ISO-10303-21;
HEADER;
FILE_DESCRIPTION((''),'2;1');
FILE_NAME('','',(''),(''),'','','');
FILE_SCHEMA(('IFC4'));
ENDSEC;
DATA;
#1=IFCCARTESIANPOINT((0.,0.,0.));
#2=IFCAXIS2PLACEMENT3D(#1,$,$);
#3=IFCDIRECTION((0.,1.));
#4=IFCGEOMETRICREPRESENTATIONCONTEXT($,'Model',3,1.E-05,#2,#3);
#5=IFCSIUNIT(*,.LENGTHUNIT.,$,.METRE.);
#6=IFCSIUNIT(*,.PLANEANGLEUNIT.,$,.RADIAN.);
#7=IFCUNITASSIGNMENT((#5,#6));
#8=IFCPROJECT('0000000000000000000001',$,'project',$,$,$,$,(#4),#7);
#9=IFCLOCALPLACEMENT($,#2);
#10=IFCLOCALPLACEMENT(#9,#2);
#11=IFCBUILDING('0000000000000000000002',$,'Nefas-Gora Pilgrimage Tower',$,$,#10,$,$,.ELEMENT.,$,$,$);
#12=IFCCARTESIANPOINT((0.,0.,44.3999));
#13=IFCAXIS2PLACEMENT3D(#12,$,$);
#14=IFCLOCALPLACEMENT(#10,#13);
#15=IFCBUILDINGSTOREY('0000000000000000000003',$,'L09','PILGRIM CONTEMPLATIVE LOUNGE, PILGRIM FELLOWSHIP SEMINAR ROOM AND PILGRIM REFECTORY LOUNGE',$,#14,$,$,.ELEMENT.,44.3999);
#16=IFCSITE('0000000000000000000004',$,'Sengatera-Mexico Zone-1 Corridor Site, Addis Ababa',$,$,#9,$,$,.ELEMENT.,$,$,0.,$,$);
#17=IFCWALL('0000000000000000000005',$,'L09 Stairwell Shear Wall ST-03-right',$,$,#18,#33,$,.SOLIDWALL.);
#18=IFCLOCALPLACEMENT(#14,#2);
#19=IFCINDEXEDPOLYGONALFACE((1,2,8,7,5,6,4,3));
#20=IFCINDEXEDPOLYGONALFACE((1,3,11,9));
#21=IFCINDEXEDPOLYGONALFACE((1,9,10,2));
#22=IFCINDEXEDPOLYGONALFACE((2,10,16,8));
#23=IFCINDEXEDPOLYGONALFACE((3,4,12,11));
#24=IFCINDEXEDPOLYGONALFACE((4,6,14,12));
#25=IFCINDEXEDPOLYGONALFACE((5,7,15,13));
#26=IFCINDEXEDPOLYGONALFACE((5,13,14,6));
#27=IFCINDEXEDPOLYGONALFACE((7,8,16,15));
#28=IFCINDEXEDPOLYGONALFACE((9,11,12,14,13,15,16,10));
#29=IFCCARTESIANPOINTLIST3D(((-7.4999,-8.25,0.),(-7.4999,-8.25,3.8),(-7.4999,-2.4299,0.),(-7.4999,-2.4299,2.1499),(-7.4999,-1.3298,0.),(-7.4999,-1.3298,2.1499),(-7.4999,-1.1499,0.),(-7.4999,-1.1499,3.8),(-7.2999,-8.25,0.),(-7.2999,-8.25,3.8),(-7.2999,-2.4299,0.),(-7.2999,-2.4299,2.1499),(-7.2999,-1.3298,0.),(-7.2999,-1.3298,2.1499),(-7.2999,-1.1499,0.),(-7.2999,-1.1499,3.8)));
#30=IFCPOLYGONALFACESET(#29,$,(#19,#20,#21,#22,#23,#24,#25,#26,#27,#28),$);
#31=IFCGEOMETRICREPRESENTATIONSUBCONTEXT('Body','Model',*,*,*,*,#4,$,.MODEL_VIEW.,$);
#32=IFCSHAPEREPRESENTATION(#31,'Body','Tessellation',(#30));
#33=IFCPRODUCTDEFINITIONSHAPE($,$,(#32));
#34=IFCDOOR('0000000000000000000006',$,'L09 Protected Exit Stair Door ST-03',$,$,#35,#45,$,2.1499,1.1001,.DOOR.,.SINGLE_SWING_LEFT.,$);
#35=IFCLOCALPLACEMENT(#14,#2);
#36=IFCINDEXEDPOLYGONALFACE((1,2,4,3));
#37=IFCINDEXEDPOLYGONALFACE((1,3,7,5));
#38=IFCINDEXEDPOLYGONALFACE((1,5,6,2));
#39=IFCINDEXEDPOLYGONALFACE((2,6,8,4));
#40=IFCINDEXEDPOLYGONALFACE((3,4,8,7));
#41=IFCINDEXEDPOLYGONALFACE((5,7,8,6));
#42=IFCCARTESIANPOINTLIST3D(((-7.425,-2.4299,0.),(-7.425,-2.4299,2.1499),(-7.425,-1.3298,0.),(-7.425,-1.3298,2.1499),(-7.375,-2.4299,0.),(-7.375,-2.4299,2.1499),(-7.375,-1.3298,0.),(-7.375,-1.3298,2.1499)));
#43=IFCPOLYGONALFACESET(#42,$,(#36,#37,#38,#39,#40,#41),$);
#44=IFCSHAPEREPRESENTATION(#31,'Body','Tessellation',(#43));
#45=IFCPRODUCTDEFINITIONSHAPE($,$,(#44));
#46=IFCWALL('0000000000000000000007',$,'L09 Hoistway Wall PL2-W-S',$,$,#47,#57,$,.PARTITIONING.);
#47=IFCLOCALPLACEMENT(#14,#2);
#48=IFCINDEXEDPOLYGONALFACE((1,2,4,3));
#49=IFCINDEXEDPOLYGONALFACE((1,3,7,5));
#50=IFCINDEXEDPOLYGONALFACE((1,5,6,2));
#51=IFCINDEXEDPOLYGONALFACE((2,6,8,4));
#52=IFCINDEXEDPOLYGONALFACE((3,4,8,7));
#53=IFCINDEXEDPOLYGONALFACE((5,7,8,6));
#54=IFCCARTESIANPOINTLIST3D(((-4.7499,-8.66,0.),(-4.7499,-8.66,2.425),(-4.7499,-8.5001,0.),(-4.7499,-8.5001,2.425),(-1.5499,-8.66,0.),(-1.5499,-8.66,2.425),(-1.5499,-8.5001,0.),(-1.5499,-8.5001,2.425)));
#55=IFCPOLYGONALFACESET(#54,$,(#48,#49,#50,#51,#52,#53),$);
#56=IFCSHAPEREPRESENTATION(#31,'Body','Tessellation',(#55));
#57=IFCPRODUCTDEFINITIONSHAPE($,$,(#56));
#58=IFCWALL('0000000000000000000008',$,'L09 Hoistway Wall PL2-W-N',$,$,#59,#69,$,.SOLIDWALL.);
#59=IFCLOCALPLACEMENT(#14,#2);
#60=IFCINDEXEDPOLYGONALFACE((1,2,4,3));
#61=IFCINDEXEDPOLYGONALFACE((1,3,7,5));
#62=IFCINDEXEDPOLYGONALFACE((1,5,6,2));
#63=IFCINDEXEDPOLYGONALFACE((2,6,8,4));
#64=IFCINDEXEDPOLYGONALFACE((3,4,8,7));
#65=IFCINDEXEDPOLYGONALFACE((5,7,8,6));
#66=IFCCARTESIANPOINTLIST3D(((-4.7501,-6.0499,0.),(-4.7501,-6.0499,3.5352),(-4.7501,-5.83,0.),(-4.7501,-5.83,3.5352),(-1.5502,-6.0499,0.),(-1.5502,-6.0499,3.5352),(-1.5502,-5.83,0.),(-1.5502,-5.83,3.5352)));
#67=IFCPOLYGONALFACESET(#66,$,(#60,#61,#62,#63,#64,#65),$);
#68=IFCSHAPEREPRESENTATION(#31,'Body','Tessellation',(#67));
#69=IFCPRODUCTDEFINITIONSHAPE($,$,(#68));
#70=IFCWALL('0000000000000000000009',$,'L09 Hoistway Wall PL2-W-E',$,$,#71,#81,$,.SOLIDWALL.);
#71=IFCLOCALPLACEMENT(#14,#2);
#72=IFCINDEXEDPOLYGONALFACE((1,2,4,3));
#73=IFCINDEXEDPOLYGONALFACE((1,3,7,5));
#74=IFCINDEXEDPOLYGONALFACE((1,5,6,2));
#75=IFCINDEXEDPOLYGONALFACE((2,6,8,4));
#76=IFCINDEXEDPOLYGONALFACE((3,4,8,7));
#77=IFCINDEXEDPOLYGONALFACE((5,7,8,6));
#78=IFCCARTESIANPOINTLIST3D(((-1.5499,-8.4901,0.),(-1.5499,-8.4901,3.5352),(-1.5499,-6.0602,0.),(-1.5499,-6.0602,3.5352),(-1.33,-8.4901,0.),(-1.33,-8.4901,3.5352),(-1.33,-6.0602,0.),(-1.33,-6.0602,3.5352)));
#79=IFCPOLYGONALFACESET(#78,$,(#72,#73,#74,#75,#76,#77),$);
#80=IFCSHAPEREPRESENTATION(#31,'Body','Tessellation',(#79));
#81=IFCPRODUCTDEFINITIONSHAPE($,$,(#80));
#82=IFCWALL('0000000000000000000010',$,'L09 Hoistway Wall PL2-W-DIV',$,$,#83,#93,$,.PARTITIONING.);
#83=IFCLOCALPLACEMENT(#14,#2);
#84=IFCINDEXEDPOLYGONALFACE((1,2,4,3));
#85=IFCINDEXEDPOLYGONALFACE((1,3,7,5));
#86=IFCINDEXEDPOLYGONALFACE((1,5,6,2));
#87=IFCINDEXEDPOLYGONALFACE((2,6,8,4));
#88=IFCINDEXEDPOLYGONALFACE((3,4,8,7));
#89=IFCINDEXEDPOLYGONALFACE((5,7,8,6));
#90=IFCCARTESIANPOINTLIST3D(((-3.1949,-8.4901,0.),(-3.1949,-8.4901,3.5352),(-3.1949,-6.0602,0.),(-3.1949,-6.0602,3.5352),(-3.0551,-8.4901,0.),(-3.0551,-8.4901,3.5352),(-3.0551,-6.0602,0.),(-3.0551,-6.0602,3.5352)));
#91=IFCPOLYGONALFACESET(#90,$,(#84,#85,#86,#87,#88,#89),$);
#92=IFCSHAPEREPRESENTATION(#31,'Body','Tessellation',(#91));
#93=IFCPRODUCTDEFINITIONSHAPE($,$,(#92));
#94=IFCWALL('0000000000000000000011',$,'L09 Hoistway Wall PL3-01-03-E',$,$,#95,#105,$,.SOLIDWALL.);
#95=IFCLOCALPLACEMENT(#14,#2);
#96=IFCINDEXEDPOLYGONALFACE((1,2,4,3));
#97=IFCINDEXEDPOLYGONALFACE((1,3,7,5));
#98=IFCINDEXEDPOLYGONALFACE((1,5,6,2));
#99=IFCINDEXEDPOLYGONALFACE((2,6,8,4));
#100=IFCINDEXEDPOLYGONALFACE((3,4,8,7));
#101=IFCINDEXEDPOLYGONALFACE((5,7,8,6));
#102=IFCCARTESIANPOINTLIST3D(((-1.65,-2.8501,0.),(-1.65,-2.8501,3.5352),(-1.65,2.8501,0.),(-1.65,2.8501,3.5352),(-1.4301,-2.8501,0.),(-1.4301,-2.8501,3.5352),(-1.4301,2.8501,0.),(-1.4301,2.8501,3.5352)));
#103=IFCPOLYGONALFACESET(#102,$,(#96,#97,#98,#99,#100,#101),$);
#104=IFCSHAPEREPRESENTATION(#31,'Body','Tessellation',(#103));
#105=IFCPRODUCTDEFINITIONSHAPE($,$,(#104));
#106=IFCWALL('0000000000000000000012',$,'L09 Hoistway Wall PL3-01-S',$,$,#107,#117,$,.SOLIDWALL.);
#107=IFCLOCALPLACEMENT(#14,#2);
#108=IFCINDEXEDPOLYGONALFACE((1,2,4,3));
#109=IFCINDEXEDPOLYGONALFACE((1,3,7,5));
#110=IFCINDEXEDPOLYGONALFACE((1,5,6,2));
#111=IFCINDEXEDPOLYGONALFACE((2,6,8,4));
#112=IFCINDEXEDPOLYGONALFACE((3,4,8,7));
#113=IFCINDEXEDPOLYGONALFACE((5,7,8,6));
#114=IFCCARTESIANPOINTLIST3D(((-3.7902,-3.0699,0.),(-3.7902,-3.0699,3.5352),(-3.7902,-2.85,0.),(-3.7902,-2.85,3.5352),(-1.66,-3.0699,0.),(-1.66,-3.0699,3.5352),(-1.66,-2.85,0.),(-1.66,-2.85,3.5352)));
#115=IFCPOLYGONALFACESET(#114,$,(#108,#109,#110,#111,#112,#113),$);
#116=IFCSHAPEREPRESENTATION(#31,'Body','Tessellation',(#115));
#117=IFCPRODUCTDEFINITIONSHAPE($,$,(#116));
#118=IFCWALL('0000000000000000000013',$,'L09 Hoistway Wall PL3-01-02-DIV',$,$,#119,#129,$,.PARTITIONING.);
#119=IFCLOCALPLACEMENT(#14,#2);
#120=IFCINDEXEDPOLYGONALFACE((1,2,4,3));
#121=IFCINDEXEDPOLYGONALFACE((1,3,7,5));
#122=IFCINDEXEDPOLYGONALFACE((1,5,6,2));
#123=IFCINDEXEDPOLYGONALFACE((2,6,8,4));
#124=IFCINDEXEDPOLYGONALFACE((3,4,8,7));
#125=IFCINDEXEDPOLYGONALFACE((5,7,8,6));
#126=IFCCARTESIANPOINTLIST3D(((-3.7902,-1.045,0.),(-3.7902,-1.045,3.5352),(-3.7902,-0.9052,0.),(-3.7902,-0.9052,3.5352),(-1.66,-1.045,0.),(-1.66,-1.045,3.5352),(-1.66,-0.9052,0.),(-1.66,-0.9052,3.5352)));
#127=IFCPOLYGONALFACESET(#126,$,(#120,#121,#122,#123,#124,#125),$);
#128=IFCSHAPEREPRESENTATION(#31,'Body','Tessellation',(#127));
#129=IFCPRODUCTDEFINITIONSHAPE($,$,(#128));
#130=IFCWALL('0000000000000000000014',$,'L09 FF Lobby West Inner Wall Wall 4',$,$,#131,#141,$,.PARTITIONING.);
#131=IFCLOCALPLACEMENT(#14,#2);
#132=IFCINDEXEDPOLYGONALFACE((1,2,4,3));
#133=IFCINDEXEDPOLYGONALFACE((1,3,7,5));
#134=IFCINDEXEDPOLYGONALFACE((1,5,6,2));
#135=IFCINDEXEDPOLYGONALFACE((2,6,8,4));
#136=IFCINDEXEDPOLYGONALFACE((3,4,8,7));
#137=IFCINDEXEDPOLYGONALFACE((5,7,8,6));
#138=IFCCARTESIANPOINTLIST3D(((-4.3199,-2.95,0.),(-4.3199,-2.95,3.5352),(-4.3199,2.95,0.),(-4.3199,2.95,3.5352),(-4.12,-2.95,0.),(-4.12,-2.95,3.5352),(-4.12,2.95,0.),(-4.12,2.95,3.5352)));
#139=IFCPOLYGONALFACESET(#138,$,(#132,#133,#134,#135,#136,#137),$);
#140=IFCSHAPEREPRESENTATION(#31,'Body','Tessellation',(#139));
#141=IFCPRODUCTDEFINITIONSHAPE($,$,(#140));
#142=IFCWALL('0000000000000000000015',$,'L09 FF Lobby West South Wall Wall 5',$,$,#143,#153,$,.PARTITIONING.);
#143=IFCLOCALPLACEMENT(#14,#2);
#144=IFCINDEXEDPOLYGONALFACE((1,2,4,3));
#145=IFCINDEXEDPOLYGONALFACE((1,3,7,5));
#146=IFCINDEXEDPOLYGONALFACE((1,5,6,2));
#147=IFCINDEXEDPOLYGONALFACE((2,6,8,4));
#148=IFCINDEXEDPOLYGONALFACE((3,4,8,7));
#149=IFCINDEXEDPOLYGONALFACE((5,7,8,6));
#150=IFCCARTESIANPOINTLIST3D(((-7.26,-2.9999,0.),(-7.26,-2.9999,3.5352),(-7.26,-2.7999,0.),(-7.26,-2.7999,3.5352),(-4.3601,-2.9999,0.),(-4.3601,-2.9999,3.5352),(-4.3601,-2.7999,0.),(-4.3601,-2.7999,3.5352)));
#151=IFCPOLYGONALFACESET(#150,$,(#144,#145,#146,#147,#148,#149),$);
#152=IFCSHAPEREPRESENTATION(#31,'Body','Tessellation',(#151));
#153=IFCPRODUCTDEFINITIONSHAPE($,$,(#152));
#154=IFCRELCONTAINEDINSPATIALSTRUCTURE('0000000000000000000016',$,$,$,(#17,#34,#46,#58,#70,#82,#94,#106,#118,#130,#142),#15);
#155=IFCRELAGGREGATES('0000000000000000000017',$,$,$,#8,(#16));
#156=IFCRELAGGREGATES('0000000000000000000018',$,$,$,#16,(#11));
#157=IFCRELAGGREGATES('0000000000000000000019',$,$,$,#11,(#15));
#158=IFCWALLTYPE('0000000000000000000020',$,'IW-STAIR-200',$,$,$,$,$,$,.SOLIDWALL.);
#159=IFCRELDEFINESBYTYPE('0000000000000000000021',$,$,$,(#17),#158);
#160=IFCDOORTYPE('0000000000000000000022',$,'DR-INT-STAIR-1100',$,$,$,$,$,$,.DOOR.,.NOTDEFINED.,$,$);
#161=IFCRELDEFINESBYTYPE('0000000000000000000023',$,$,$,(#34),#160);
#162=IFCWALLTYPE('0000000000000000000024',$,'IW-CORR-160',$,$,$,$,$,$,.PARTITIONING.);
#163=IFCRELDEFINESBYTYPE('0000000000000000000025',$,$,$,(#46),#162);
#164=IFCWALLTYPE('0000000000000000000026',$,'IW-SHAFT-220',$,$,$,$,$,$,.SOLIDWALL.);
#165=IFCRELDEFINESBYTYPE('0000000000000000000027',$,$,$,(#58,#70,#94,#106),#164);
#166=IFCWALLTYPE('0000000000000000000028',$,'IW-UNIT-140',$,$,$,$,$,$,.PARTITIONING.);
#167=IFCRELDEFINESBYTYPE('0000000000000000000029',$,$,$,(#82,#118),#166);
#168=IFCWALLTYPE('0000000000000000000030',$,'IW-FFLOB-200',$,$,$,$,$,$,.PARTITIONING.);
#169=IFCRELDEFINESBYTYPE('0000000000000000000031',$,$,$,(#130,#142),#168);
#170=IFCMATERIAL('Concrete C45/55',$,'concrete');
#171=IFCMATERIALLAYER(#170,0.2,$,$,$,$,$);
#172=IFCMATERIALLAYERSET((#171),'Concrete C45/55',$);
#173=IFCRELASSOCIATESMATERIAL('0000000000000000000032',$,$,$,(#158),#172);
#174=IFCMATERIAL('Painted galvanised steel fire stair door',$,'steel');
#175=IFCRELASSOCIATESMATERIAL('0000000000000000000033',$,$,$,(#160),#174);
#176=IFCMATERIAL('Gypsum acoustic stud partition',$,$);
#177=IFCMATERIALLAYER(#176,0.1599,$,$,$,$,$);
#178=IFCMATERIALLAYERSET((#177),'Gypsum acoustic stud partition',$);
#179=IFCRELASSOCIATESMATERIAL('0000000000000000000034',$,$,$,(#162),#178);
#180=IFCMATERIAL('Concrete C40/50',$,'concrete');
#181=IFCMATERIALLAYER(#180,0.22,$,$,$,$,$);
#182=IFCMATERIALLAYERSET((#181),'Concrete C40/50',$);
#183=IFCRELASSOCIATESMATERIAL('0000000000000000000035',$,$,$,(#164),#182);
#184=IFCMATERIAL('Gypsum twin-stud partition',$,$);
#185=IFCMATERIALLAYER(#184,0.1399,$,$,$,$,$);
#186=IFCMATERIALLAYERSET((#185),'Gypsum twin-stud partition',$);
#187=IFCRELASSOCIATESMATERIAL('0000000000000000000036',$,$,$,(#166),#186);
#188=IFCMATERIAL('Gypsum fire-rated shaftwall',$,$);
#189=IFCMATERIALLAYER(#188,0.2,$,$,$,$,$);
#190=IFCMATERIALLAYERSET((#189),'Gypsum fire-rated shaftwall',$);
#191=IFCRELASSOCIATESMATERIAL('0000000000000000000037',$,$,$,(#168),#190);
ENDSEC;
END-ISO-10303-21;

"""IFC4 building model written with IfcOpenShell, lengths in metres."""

from ifc_helpers import new_model, si_unit, direction, frame, frame_2d, origin, place, context, subcontext, project, spatial, rectangle, extrude, source, transform, mapped, material, layer, layer_set, type_object, element, fill, save


model = new_model("IFC4")

# Units and contexts
model_context = context("Model", 3, precision=1e-05, world=origin(), true_north=direction((0.0, 1.0)))
body_context = subcontext(model_context, "Body", "Model", "MODEL_VIEW")
ifc_project = project(units=[si_unit("LENGTHUNIT", "METRE"), si_unit("PLANEANGLEUNIT", "RADIAN")], contexts=[model_context])

# Site, building, storey
site_placement = place(None, origin())
site = spatial("IfcSite", under=ifc_project, at=site_placement, Name="Sengatera-Mexico Zone-1 Corridor Site, Addis Ababa", CompositionType="ELEMENT", RefElevation=0.0)
building_placement = place(site_placement, origin())
building = spatial("IfcBuilding", under=site, at=building_placement, Name="Nefas-Gora Pilgrimage Tower", CompositionType="ELEMENT")
storey_placement = place(building_placement, frame((0.0, 0.0, 44.3999)))
storey = spatial("IfcBuildingStorey", under=building, at=storey_placement, Name="L09", Description="PILGRIM CONTEMPLATIVE LOUNGE, PILGRIM FELLOWSHIP SEMINAR ROOM AND PILGRIM REFECTORY LOUNGE", CompositionType="ELEMENT", Elevation=44.3999)

# Shared definitions
ifc_material_1 = material(Name="Concrete C45/55", Category="concrete")
ifc_layer_1 = layer(ifc_material_1, 0.2)
ifc_layer_set_1 = layer_set([ifc_layer_1], Name="Concrete C45/55")
wall_type_1 = type_object("IfcWallType", Name="IW-STAIR-200", PredefinedType="SOLIDWALL", material=ifc_layer_set_1)
shared_shape_1 = source(origin(), body_context, "Body", "SweptSolid", [
    extrude(rectangle(XDim=7.1001, YDim=0.2, at=frame_2d((3.55, 0.0))), origin(), (0.0, 0.0, 1.0), 3.8),
])

# Wall, opening, door
wall_1_placement = place(storey_placement, frame((-7.3999, -1.1499, 0.0), z_axis=(0.0, 0.0, 1.0), x_axis=(0.0, -1.0, 0.0)))
wall_1 = element("IfcWall", 1, at=wall_1_placement, inside=storey, type_object=wall_type_1, Name="L09 Stairwell Shear Wall ST-03-right", PredefinedType="SOLIDWALL", context=body_context, shape_type="MappedRepresentation", body=[
    mapped(shared_shape_1, transform((0.0, 0.0, 0.0), x_axis=(1.0, 0.0, 0.0), y_axis=(0.0, 1.0, 0.0), z_axis=(0.0, 0.0, 1.0), scale=1.0)),
])
opening_1_placement = place(wall_1_placement, frame((0.1799, 0.0, 0.0)))
opening_1 = element("IfcOpeningElement", 2, at=opening_1_placement, cuts=wall_1, PredefinedType="OPENING", context=body_context, shape_type="SweptSolid", body=[
    extrude(rectangle(XDim=1.1001, YDim=2.1499, at=frame_2d((0.55, 1.075))), frame((0.0, 0.1099, 0.0), z_axis=(0.0, -1.0, 0.0), x_axis=(1.0, 0.0, 0.0)), (0.0, 0.0, 1.0), 0.22),
])
ifc_material_2 = material(Name="Painted galvanised steel fire stair door", Category="steel")
door_type_1 = type_object("IfcDoorType", Name="DR-INT-STAIR-1100", OperationType="NOTDEFINED", PredefinedType="DOOR", material=ifc_material_2)
shared_shape_2 = source(origin(), body_context, "Body", "SweptSolid", [
    extrude(rectangle(XDim=1.1001, YDim=2.1499, at=frame_2d((0.55, 1.075))), frame((0.0, 0.0249, 0.0), z_axis=(0.0, -1.0, 0.0), x_axis=(1.0, 0.0, 0.0)), (0.0, 0.0, 1.0), 0.05),
])
door_1_placement = place(opening_1_placement, origin())
door_1 = element("IfcDoor", 3, at=door_1_placement, inside=storey, type_object=door_type_1, Name="L09 Protected Exit Stair Door ST-03", OperationType="SINGLE_SWING_LEFT", OverallHeight=2.1499, OverallWidth=1.1001, PredefinedType="DOOR", context=body_context, shape_type="MappedRepresentation", body=[
    mapped(shared_shape_2, transform((0.0, 0.0, 0.0), x_axis=(1.0, 0.0, 0.0), y_axis=(0.0, 1.0, 0.0), z_axis=(0.0, 0.0, 1.0), scale=1.0)),
])
fill(opening_1, door_1)

# Walls
ifc_material_3 = material(Name="Gypsum acoustic stud partition")
ifc_layer_2 = layer(ifc_material_3, 0.1599)
ifc_layer_set_2 = layer_set([ifc_layer_2], Name="Gypsum acoustic stud partition")
wall_type_2 = type_object("IfcWallType", Name="IW-CORR-160", PredefinedType="PARTITIONING", material=ifc_layer_set_2)
shared_shape_3 = source(origin(), body_context, "Body", "SweptSolid", [
    extrude(rectangle(XDim=3.2, YDim=0.1599, at=frame_2d((1.6001, 0.0))), origin(), (0.0, 0.0, 1.0), 2.425),
])
wall_2_placement = place(storey_placement, frame((-4.75, -8.5801, 0.0), z_axis=(0.0, 0.0, 1.0), x_axis=(1.0, 0.0, 0.0)))
element("IfcWall", 4, at=wall_2_placement, inside=storey, type_object=wall_type_2, Name="L09 Hoistway Wall PL2-W-S", PredefinedType="PARTITIONING", context=body_context, shape_type="MappedRepresentation", body=[
    mapped(shared_shape_3, transform((0.0, 0.0, 0.0), x_axis=(1.0, 0.0, 0.0), y_axis=(0.0, 1.0, 0.0), z_axis=(0.0, 0.0, 1.0), scale=1.0)),
])
ifc_material_4 = material(Name="Concrete C40/50", Category="concrete")
ifc_layer_3 = layer(ifc_material_4, 0.22)
ifc_layer_set_3 = layer_set([ifc_layer_3], Name="Concrete C40/50")
wall_type_3 = type_object("IfcWallType", Name="IW-SHAFT-220", PredefinedType="SOLIDWALL", material=ifc_layer_set_3)
shared_shape_4 = source(origin(), body_context, "Body", "SweptSolid", [
    extrude(rectangle(XDim=3.2, YDim=0.22, at=frame_2d((1.6001, 0.0))), origin(), (0.0, 0.0, 1.0), 3.5352),
])
wall_3_placement = place(storey_placement, frame((-1.55, -5.9399, 0.0), z_axis=(0.0, 0.0, 1.0), x_axis=(-1.0, 0.0, 0.0)))
element("IfcWall", 5, at=wall_3_placement, inside=storey, type_object=wall_type_3, Name="L09 Hoistway Wall PL2-W-N", PredefinedType="SOLIDWALL", context=body_context, shape_type="MappedRepresentation", body=[
    mapped(shared_shape_4, transform((0.0, 0.0, 0.0), x_axis=(1.0, 0.0, 0.0), y_axis=(0.0, 1.0, 0.0), z_axis=(0.0, 0.0, 1.0), scale=1.0)),
])
shared_shape_5 = source(origin(), body_context, "Body", "SweptSolid", [
    extrude(rectangle(XDim=2.4299, YDim=0.22, at=frame_2d((1.2148, 0.0))), origin(), (0.0, 0.0, 1.0), 3.5352),
])
for number, where, z_axis, x_axis, name in (
    (6, (-1.4399, -8.49, 0.0), (0.0, 0.0, 1.0), (0.0, 1.0, 0.0), "L09 Hoistway Wall PL2-W-E"),
):
    element("IfcWall", number, at=place(storey_placement, frame(where, z_axis=z_axis, x_axis=x_axis)), inside=storey, type_object=wall_type_3, Name=name, PredefinedType="SOLIDWALL", context=body_context, shape_type="MappedRepresentation", body=[
        mapped(shared_shape_5, transform((0.0, 0.0, 0.0), x_axis=(1.0, 0.0, 0.0), y_axis=(0.0, 1.0, 0.0), z_axis=(0.0, 0.0, 1.0), scale=1.0)),
    ])
ifc_material_5 = material(Name="Gypsum twin-stud partition")
ifc_layer_4 = layer(ifc_material_5, 0.1399)
ifc_layer_set_4 = layer_set([ifc_layer_4], Name="Gypsum twin-stud partition")
wall_type_4 = type_object("IfcWallType", Name="IW-UNIT-140", PredefinedType="PARTITIONING", material=ifc_layer_set_4)
shared_shape_6 = source(origin(), body_context, "Body", "SweptSolid", [
    extrude(rectangle(XDim=2.4299, YDim=0.1399, at=frame_2d((1.2148, 0.0))), origin(), (0.0, 0.0, 1.0), 3.5352),
])
wall_4_placement = place(storey_placement, frame((-3.125, -8.49, 0.0), z_axis=(0.0, 0.0, 1.0), x_axis=(0.0, 1.0, 0.0)))
element("IfcWall", 7, at=wall_4_placement, inside=storey, type_object=wall_type_4, Name="L09 Hoistway Wall PL2-W-DIV", PredefinedType="PARTITIONING", context=body_context, shape_type="MappedRepresentation", body=[
    mapped(shared_shape_6, transform((0.0, 0.0, 0.0), x_axis=(1.0, 0.0, 0.0), y_axis=(0.0, 1.0, 0.0), z_axis=(0.0, 0.0, 1.0), scale=1.0)),
])
shared_shape_7 = source(origin(), body_context, "Body", "SweptSolid", [
    extrude(rectangle(XDim=5.7002, YDim=0.22, at=frame_2d((2.8501, 0.0))), origin(), (0.0, 0.0, 1.0), 3.5352),
])
wall_5_placement = place(storey_placement, frame((-1.54, -2.8501, 0.0), z_axis=(0.0, 0.0, 1.0), x_axis=(0.0, 1.0, 0.0)))
element("IfcWall", 8, at=wall_5_placement, inside=storey, type_object=wall_type_3, Name="L09 Hoistway Wall PL3-01-03-E", PredefinedType="SOLIDWALL", context=body_context, shape_type="MappedRepresentation", body=[
    mapped(shared_shape_7, transform((0.0, 0.0, 0.0), x_axis=(1.0, 0.0, 0.0), y_axis=(0.0, 1.0, 0.0), z_axis=(0.0, 0.0, 1.0), scale=1.0)),
])
shared_shape_8 = source(origin(), body_context, "Body", "SweptSolid", [
    extrude(rectangle(XDim=2.1301, YDim=0.22, at=frame_2d((1.0649, 0.0))), origin(), (0.0, 0.0, 1.0), 3.5352),
])
wall_6_placement = place(storey_placement, frame((-3.79, -2.96, 0.0), z_axis=(0.0, 0.0, 1.0), x_axis=(1.0, 0.0, 0.0)))
element("IfcWall", 9, at=wall_6_placement, inside=storey, type_object=wall_type_3, Name="L09 Hoistway Wall PL3-01-S", PredefinedType="SOLIDWALL", context=body_context, shape_type="MappedRepresentation", body=[
    mapped(shared_shape_8, transform((0.0, 0.0, 0.0), x_axis=(1.0, 0.0, 0.0), y_axis=(0.0, 1.0, 0.0), z_axis=(0.0, 0.0, 1.0), scale=1.0)),
])
shared_shape_9 = source(origin(), body_context, "Body", "SweptSolid", [
    extrude(rectangle(XDim=2.1301, YDim=0.1399, at=frame_2d((1.0649, 0.0))), origin(), (0.0, 0.0, 1.0), 3.5352),
])
wall_7_placement = place(storey_placement, frame((-3.79, -0.9751, 0.0), z_axis=(0.0, 0.0, 1.0), x_axis=(1.0, 0.0, 0.0)))
element("IfcWall", 10, at=wall_7_placement, inside=storey, type_object=wall_type_4, Name="L09 Hoistway Wall PL3-01-02-DIV", PredefinedType="PARTITIONING", context=body_context, shape_type="MappedRepresentation", body=[
    mapped(shared_shape_9, transform((0.0, 0.0, 0.0), x_axis=(1.0, 0.0, 0.0), y_axis=(0.0, 1.0, 0.0), z_axis=(0.0, 0.0, 1.0), scale=1.0)),
])
ifc_material_6 = material(Name="Gypsum fire-rated shaftwall")
ifc_layer_5 = layer(ifc_material_6, 0.2)
ifc_layer_set_5 = layer_set([ifc_layer_5], Name="Gypsum fire-rated shaftwall")
wall_type_5 = type_object("IfcWallType", Name="IW-FFLOB-200", PredefinedType="PARTITIONING", material=ifc_layer_set_5)
shared_shape_10 = source(origin(), body_context, "Body", "SweptSolid", [
    extrude(rectangle(XDim=5.8999, YDim=0.2, at=frame_2d((2.95, 0.0))), origin(), (0.0, 0.0, 1.0), 3.5352),
])
wall_8_placement = place(storey_placement, frame((-4.22, -2.95, 0.0), z_axis=(0.0, 0.0, 1.0), x_axis=(0.0, 1.0, 0.0)))
element("IfcWall", 11, at=wall_8_placement, inside=storey, type_object=wall_type_5, Name="L09 FF Lobby West Inner Wall Wall 4", PredefinedType="PARTITIONING", context=body_context, shape_type="MappedRepresentation", body=[
    mapped(shared_shape_10, transform((0.0, 0.0, 0.0), x_axis=(1.0, 0.0, 0.0), y_axis=(0.0, 1.0, 0.0), z_axis=(0.0, 0.0, 1.0), scale=1.0)),
])
shared_shape_11 = source(origin(), body_context, "Body", "SweptSolid", [
    extrude(rectangle(XDim=2.8999, YDim=0.2, at=frame_2d((1.45, 0.0))), origin(), (0.0, 0.0, 1.0), 3.5352),
])
wall_9_placement = place(storey_placement, frame((-7.26, -2.8999, 0.0), z_axis=(0.0, 0.0, 1.0), x_axis=(1.0, 0.0, 0.0)))
element("IfcWall", 12, at=wall_9_placement, inside=storey, type_object=wall_type_5, Name="L09 FF Lobby West South Wall Wall 5", PredefinedType="PARTITIONING", context=body_context, shape_type="MappedRepresentation", body=[
    mapped(shared_shape_11, transform((0.0, 0.0, 0.0), x_axis=(1.0, 0.0, 0.0), y_axis=(0.0, 1.0, 0.0), z_axis=(0.0, 0.0, 1.0), scale=1.0)),
])

save(model, "model.ifc")
